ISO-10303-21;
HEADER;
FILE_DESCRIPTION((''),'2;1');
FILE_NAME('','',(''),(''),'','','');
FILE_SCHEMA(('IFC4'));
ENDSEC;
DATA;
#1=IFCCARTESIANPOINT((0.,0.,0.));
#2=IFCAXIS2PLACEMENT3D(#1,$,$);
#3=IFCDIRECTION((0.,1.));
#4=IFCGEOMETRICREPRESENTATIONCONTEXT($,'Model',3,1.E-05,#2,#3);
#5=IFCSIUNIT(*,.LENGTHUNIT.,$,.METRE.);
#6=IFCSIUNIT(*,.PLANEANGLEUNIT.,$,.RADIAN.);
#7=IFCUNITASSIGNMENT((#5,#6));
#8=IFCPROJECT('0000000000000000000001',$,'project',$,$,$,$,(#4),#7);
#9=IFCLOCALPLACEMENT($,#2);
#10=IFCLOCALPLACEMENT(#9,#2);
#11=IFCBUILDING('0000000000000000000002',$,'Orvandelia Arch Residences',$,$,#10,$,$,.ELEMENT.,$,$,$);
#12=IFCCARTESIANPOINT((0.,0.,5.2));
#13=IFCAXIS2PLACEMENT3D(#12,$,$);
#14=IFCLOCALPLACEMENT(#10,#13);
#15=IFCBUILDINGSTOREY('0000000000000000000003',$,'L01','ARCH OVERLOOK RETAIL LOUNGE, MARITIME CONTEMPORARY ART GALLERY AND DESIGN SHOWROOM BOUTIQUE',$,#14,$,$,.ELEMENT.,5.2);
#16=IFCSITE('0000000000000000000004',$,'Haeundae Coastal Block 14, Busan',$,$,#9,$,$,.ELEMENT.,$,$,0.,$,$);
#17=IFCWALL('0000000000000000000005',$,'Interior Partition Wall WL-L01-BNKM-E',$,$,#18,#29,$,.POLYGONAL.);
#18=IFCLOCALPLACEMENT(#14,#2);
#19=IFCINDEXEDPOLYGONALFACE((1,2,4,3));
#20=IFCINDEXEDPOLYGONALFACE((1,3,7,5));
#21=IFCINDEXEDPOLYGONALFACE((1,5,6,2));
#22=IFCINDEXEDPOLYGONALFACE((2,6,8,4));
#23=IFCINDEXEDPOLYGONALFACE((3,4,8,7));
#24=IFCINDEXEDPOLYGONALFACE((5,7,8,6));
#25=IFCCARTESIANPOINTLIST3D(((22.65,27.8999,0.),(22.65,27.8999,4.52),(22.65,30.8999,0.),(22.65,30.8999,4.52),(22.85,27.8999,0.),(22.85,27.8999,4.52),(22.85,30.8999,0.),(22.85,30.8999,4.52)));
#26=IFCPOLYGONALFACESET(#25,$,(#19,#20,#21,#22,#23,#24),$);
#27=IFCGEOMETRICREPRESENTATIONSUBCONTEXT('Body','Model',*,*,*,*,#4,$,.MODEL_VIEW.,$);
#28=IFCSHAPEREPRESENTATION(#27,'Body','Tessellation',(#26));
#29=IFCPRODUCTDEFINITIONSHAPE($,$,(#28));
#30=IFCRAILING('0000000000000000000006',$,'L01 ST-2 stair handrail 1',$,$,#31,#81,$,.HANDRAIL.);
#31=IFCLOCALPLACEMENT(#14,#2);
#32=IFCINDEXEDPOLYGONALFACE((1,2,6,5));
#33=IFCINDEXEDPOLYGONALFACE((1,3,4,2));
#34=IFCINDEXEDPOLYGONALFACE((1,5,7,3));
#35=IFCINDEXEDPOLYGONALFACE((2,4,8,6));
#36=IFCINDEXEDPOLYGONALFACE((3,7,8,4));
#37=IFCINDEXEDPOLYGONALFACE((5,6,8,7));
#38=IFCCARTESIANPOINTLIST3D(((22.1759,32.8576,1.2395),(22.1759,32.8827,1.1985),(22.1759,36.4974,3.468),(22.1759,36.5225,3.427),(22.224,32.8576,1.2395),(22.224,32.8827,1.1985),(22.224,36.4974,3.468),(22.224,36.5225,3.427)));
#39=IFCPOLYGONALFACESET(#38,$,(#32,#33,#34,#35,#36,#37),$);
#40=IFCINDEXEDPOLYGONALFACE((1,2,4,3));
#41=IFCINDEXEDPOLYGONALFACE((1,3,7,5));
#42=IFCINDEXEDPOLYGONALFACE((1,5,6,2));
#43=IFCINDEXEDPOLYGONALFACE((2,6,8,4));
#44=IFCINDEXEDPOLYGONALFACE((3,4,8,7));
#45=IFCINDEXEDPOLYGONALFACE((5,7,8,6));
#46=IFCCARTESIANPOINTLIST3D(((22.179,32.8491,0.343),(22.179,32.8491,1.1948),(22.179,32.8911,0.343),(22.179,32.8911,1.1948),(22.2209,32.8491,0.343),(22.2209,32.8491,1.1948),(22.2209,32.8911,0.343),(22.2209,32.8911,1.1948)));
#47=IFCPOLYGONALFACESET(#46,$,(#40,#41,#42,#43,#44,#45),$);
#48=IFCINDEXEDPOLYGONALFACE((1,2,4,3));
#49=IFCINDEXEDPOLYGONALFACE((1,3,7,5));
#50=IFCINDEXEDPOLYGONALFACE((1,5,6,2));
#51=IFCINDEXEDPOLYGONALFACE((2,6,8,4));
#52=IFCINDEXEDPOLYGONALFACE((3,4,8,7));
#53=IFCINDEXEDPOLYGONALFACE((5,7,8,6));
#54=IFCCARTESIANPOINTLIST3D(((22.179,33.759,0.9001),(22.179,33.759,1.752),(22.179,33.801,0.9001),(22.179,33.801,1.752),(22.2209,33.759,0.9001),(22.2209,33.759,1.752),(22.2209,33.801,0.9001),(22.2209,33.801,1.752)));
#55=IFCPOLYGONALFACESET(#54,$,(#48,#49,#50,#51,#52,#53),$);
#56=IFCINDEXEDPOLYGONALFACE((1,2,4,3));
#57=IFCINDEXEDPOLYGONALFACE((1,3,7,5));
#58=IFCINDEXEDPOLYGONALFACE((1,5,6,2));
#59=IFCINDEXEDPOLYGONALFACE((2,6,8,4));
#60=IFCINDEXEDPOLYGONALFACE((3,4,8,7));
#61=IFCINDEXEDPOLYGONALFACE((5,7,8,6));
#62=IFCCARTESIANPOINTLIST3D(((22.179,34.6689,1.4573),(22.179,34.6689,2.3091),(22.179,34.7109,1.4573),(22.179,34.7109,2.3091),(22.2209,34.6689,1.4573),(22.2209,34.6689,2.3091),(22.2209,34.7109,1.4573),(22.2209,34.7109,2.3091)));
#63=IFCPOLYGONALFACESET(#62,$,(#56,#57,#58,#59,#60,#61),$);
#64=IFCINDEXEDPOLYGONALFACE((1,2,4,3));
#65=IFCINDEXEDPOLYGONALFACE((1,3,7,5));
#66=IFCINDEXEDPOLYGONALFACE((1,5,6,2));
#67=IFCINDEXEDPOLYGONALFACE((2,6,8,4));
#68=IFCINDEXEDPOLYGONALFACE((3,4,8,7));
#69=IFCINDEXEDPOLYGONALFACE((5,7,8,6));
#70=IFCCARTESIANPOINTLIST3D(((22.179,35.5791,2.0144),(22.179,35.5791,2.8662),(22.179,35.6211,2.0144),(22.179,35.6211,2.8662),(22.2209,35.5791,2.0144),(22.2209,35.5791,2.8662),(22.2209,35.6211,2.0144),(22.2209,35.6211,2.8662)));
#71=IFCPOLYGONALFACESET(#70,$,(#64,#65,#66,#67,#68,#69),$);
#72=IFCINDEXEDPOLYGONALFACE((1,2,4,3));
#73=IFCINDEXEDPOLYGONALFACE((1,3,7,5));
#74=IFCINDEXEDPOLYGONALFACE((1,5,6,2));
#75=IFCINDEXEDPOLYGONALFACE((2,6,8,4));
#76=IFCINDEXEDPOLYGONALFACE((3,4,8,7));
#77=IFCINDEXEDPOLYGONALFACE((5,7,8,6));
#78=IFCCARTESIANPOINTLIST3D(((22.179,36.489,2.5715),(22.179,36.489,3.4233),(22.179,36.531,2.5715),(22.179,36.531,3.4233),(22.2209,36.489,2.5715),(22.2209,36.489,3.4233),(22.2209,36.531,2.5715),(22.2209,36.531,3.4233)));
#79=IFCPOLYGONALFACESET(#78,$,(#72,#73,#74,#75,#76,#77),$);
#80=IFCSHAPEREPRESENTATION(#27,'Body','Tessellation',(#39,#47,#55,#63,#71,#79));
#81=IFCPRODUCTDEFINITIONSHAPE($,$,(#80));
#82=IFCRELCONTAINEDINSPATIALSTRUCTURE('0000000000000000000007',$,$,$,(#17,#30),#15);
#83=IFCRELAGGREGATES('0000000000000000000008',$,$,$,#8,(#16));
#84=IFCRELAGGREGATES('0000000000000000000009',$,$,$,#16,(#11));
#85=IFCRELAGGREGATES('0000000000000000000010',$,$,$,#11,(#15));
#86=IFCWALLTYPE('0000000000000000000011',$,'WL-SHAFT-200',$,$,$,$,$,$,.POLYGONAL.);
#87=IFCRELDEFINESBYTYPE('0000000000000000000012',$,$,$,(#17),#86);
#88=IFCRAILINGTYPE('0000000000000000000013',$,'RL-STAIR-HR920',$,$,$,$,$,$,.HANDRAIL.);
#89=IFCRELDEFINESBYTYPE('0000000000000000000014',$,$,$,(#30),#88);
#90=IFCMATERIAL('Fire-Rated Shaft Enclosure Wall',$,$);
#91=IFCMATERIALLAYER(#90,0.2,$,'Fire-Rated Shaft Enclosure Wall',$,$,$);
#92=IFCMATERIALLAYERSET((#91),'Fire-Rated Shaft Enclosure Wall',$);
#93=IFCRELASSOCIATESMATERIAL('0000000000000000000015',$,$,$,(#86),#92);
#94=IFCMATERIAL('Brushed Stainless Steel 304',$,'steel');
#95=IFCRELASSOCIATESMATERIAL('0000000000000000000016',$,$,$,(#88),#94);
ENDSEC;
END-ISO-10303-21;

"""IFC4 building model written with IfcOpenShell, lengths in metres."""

from ifc_helpers import new_model, si_unit, direction, frame, frame_2d, origin, origin_2d, place, context, subcontext, project, spatial, rectangle, extrude, material, layer, layer_set, type_object, element, save


model = new_model("IFC4")

# Units and contexts
model_context = context("Model", 3, precision=1e-05, world=origin(), true_north=direction((0.0, 1.0)))
body_context = subcontext(model_context, "Body", "Model", "MODEL_VIEW")
ifc_project = project(units=[si_unit("LENGTHUNIT", "METRE"), si_unit("PLANEANGLEUNIT", "RADIAN")], contexts=[model_context])

# Site, building, storey
site_placement = place(None, origin())
site = spatial("IfcSite", under=ifc_project, at=site_placement, Name="Haeundae Coastal Block 14, Busan", CompositionType="ELEMENT", RefElevation=0.0)
building_placement = place(site_placement, origin())
building = spatial("IfcBuilding", under=site, at=building_placement, Name="Orvandelia Arch Residences", CompositionType="ELEMENT")
storey_placement = place(building_placement, frame((0.0, 0.0, 5.2)))
storey = spatial("IfcBuildingStorey", under=building, at=storey_placement, Name="L01", Description="ARCH OVERLOOK RETAIL LOUNGE, MARITIME CONTEMPORARY ART GALLERY AND DESIGN SHOWROOM BOUTIQUE", CompositionType="ELEMENT", Elevation=5.2)

# Wall
ifc_material_1 = material(Name="Fire-Rated Shaft Enclosure Wall")
ifc_layer_1 = layer(ifc_material_1, 0.2, Name="Fire-Rated Shaft Enclosure Wall")
ifc_layer_set_1 = layer_set([ifc_layer_1], Name="Fire-Rated Shaft Enclosure Wall")
wall_type_1 = type_object("IfcWallType", Name="WL-SHAFT-200", PredefinedType="POLYGONAL", material=ifc_layer_set_1)
wall_1_placement = place(storey_placement, frame((22.75, 27.8999, 0.0), z_axis=(0.0, 0.0, 1.0), x_axis=(0.0, 1.0, 0.0)))
element("IfcWall", 1, at=wall_1_placement, inside=storey, type_object=wall_type_1, Name="Interior Partition Wall WL-L01-BNKM-E", PredefinedType="POLYGONAL", context=body_context, shape_type="SweptSolid", body=[
    extrude(rectangle(XDim=3.0, YDim=0.2, at=frame_2d((1.5, 0.0))), origin(), (0.0, 0.0, 1.0), 4.52),
])

# Railing
ifc_material_2 = material(Name="Brushed Stainless Steel 304", Category="steel")
railing_type = type_object("IfcRailingType", Name="RL-STAIR-HR920", PredefinedType="HANDRAIL", material=ifc_material_2)
railing_placement = place(storey_placement, frame((22.2, 32.8701, 0.343)))
element("IfcRailing", 2, at=railing_placement, inside=storey, type_object=railing_type, Name="L01 ST-2 stair handrail 1", PredefinedType="HANDRAIL", context=body_context, shape_type="SweptSolid", body=[
    extrude(rectangle(XDim=0.0481, YDim=0.0481, at=origin_2d()), frame((0.0, 0.0, 0.876), z_axis=(0.0, 0.85285, 0.522156), x_axis=(-1.0, 0.0, 0.0)), (0.0, 0.0, 1.0), 4.2678),
    extrude(rectangle(XDim=0.042, YDim=0.042, at=origin_2d()), origin(), (0.0, 0.0, 1.0), 0.8518),
    extrude(rectangle(XDim=0.042, YDim=0.042, at=origin_2d()), frame((0.0, 0.9099, 0.5571)), (0.0, 0.0, 1.0), 0.8518),
    extrude(rectangle(XDim=0.042, YDim=0.042, at=origin_2d()), frame((0.0, 1.8198, 1.1143)), (0.0, 0.0, 1.0), 0.8518),
    extrude(rectangle(XDim=0.042, YDim=0.042, at=origin_2d()), frame((0.0, 2.73, 1.6714)), (0.0, 0.0, 1.0), 0.8518),
    extrude(rectangle(XDim=0.042, YDim=0.042, at=origin_2d()), frame((0.0, 3.6399, 2.2285)), (0.0, 0.0, 1.0), 0.8518),
])

save(model, "model.ifc")
